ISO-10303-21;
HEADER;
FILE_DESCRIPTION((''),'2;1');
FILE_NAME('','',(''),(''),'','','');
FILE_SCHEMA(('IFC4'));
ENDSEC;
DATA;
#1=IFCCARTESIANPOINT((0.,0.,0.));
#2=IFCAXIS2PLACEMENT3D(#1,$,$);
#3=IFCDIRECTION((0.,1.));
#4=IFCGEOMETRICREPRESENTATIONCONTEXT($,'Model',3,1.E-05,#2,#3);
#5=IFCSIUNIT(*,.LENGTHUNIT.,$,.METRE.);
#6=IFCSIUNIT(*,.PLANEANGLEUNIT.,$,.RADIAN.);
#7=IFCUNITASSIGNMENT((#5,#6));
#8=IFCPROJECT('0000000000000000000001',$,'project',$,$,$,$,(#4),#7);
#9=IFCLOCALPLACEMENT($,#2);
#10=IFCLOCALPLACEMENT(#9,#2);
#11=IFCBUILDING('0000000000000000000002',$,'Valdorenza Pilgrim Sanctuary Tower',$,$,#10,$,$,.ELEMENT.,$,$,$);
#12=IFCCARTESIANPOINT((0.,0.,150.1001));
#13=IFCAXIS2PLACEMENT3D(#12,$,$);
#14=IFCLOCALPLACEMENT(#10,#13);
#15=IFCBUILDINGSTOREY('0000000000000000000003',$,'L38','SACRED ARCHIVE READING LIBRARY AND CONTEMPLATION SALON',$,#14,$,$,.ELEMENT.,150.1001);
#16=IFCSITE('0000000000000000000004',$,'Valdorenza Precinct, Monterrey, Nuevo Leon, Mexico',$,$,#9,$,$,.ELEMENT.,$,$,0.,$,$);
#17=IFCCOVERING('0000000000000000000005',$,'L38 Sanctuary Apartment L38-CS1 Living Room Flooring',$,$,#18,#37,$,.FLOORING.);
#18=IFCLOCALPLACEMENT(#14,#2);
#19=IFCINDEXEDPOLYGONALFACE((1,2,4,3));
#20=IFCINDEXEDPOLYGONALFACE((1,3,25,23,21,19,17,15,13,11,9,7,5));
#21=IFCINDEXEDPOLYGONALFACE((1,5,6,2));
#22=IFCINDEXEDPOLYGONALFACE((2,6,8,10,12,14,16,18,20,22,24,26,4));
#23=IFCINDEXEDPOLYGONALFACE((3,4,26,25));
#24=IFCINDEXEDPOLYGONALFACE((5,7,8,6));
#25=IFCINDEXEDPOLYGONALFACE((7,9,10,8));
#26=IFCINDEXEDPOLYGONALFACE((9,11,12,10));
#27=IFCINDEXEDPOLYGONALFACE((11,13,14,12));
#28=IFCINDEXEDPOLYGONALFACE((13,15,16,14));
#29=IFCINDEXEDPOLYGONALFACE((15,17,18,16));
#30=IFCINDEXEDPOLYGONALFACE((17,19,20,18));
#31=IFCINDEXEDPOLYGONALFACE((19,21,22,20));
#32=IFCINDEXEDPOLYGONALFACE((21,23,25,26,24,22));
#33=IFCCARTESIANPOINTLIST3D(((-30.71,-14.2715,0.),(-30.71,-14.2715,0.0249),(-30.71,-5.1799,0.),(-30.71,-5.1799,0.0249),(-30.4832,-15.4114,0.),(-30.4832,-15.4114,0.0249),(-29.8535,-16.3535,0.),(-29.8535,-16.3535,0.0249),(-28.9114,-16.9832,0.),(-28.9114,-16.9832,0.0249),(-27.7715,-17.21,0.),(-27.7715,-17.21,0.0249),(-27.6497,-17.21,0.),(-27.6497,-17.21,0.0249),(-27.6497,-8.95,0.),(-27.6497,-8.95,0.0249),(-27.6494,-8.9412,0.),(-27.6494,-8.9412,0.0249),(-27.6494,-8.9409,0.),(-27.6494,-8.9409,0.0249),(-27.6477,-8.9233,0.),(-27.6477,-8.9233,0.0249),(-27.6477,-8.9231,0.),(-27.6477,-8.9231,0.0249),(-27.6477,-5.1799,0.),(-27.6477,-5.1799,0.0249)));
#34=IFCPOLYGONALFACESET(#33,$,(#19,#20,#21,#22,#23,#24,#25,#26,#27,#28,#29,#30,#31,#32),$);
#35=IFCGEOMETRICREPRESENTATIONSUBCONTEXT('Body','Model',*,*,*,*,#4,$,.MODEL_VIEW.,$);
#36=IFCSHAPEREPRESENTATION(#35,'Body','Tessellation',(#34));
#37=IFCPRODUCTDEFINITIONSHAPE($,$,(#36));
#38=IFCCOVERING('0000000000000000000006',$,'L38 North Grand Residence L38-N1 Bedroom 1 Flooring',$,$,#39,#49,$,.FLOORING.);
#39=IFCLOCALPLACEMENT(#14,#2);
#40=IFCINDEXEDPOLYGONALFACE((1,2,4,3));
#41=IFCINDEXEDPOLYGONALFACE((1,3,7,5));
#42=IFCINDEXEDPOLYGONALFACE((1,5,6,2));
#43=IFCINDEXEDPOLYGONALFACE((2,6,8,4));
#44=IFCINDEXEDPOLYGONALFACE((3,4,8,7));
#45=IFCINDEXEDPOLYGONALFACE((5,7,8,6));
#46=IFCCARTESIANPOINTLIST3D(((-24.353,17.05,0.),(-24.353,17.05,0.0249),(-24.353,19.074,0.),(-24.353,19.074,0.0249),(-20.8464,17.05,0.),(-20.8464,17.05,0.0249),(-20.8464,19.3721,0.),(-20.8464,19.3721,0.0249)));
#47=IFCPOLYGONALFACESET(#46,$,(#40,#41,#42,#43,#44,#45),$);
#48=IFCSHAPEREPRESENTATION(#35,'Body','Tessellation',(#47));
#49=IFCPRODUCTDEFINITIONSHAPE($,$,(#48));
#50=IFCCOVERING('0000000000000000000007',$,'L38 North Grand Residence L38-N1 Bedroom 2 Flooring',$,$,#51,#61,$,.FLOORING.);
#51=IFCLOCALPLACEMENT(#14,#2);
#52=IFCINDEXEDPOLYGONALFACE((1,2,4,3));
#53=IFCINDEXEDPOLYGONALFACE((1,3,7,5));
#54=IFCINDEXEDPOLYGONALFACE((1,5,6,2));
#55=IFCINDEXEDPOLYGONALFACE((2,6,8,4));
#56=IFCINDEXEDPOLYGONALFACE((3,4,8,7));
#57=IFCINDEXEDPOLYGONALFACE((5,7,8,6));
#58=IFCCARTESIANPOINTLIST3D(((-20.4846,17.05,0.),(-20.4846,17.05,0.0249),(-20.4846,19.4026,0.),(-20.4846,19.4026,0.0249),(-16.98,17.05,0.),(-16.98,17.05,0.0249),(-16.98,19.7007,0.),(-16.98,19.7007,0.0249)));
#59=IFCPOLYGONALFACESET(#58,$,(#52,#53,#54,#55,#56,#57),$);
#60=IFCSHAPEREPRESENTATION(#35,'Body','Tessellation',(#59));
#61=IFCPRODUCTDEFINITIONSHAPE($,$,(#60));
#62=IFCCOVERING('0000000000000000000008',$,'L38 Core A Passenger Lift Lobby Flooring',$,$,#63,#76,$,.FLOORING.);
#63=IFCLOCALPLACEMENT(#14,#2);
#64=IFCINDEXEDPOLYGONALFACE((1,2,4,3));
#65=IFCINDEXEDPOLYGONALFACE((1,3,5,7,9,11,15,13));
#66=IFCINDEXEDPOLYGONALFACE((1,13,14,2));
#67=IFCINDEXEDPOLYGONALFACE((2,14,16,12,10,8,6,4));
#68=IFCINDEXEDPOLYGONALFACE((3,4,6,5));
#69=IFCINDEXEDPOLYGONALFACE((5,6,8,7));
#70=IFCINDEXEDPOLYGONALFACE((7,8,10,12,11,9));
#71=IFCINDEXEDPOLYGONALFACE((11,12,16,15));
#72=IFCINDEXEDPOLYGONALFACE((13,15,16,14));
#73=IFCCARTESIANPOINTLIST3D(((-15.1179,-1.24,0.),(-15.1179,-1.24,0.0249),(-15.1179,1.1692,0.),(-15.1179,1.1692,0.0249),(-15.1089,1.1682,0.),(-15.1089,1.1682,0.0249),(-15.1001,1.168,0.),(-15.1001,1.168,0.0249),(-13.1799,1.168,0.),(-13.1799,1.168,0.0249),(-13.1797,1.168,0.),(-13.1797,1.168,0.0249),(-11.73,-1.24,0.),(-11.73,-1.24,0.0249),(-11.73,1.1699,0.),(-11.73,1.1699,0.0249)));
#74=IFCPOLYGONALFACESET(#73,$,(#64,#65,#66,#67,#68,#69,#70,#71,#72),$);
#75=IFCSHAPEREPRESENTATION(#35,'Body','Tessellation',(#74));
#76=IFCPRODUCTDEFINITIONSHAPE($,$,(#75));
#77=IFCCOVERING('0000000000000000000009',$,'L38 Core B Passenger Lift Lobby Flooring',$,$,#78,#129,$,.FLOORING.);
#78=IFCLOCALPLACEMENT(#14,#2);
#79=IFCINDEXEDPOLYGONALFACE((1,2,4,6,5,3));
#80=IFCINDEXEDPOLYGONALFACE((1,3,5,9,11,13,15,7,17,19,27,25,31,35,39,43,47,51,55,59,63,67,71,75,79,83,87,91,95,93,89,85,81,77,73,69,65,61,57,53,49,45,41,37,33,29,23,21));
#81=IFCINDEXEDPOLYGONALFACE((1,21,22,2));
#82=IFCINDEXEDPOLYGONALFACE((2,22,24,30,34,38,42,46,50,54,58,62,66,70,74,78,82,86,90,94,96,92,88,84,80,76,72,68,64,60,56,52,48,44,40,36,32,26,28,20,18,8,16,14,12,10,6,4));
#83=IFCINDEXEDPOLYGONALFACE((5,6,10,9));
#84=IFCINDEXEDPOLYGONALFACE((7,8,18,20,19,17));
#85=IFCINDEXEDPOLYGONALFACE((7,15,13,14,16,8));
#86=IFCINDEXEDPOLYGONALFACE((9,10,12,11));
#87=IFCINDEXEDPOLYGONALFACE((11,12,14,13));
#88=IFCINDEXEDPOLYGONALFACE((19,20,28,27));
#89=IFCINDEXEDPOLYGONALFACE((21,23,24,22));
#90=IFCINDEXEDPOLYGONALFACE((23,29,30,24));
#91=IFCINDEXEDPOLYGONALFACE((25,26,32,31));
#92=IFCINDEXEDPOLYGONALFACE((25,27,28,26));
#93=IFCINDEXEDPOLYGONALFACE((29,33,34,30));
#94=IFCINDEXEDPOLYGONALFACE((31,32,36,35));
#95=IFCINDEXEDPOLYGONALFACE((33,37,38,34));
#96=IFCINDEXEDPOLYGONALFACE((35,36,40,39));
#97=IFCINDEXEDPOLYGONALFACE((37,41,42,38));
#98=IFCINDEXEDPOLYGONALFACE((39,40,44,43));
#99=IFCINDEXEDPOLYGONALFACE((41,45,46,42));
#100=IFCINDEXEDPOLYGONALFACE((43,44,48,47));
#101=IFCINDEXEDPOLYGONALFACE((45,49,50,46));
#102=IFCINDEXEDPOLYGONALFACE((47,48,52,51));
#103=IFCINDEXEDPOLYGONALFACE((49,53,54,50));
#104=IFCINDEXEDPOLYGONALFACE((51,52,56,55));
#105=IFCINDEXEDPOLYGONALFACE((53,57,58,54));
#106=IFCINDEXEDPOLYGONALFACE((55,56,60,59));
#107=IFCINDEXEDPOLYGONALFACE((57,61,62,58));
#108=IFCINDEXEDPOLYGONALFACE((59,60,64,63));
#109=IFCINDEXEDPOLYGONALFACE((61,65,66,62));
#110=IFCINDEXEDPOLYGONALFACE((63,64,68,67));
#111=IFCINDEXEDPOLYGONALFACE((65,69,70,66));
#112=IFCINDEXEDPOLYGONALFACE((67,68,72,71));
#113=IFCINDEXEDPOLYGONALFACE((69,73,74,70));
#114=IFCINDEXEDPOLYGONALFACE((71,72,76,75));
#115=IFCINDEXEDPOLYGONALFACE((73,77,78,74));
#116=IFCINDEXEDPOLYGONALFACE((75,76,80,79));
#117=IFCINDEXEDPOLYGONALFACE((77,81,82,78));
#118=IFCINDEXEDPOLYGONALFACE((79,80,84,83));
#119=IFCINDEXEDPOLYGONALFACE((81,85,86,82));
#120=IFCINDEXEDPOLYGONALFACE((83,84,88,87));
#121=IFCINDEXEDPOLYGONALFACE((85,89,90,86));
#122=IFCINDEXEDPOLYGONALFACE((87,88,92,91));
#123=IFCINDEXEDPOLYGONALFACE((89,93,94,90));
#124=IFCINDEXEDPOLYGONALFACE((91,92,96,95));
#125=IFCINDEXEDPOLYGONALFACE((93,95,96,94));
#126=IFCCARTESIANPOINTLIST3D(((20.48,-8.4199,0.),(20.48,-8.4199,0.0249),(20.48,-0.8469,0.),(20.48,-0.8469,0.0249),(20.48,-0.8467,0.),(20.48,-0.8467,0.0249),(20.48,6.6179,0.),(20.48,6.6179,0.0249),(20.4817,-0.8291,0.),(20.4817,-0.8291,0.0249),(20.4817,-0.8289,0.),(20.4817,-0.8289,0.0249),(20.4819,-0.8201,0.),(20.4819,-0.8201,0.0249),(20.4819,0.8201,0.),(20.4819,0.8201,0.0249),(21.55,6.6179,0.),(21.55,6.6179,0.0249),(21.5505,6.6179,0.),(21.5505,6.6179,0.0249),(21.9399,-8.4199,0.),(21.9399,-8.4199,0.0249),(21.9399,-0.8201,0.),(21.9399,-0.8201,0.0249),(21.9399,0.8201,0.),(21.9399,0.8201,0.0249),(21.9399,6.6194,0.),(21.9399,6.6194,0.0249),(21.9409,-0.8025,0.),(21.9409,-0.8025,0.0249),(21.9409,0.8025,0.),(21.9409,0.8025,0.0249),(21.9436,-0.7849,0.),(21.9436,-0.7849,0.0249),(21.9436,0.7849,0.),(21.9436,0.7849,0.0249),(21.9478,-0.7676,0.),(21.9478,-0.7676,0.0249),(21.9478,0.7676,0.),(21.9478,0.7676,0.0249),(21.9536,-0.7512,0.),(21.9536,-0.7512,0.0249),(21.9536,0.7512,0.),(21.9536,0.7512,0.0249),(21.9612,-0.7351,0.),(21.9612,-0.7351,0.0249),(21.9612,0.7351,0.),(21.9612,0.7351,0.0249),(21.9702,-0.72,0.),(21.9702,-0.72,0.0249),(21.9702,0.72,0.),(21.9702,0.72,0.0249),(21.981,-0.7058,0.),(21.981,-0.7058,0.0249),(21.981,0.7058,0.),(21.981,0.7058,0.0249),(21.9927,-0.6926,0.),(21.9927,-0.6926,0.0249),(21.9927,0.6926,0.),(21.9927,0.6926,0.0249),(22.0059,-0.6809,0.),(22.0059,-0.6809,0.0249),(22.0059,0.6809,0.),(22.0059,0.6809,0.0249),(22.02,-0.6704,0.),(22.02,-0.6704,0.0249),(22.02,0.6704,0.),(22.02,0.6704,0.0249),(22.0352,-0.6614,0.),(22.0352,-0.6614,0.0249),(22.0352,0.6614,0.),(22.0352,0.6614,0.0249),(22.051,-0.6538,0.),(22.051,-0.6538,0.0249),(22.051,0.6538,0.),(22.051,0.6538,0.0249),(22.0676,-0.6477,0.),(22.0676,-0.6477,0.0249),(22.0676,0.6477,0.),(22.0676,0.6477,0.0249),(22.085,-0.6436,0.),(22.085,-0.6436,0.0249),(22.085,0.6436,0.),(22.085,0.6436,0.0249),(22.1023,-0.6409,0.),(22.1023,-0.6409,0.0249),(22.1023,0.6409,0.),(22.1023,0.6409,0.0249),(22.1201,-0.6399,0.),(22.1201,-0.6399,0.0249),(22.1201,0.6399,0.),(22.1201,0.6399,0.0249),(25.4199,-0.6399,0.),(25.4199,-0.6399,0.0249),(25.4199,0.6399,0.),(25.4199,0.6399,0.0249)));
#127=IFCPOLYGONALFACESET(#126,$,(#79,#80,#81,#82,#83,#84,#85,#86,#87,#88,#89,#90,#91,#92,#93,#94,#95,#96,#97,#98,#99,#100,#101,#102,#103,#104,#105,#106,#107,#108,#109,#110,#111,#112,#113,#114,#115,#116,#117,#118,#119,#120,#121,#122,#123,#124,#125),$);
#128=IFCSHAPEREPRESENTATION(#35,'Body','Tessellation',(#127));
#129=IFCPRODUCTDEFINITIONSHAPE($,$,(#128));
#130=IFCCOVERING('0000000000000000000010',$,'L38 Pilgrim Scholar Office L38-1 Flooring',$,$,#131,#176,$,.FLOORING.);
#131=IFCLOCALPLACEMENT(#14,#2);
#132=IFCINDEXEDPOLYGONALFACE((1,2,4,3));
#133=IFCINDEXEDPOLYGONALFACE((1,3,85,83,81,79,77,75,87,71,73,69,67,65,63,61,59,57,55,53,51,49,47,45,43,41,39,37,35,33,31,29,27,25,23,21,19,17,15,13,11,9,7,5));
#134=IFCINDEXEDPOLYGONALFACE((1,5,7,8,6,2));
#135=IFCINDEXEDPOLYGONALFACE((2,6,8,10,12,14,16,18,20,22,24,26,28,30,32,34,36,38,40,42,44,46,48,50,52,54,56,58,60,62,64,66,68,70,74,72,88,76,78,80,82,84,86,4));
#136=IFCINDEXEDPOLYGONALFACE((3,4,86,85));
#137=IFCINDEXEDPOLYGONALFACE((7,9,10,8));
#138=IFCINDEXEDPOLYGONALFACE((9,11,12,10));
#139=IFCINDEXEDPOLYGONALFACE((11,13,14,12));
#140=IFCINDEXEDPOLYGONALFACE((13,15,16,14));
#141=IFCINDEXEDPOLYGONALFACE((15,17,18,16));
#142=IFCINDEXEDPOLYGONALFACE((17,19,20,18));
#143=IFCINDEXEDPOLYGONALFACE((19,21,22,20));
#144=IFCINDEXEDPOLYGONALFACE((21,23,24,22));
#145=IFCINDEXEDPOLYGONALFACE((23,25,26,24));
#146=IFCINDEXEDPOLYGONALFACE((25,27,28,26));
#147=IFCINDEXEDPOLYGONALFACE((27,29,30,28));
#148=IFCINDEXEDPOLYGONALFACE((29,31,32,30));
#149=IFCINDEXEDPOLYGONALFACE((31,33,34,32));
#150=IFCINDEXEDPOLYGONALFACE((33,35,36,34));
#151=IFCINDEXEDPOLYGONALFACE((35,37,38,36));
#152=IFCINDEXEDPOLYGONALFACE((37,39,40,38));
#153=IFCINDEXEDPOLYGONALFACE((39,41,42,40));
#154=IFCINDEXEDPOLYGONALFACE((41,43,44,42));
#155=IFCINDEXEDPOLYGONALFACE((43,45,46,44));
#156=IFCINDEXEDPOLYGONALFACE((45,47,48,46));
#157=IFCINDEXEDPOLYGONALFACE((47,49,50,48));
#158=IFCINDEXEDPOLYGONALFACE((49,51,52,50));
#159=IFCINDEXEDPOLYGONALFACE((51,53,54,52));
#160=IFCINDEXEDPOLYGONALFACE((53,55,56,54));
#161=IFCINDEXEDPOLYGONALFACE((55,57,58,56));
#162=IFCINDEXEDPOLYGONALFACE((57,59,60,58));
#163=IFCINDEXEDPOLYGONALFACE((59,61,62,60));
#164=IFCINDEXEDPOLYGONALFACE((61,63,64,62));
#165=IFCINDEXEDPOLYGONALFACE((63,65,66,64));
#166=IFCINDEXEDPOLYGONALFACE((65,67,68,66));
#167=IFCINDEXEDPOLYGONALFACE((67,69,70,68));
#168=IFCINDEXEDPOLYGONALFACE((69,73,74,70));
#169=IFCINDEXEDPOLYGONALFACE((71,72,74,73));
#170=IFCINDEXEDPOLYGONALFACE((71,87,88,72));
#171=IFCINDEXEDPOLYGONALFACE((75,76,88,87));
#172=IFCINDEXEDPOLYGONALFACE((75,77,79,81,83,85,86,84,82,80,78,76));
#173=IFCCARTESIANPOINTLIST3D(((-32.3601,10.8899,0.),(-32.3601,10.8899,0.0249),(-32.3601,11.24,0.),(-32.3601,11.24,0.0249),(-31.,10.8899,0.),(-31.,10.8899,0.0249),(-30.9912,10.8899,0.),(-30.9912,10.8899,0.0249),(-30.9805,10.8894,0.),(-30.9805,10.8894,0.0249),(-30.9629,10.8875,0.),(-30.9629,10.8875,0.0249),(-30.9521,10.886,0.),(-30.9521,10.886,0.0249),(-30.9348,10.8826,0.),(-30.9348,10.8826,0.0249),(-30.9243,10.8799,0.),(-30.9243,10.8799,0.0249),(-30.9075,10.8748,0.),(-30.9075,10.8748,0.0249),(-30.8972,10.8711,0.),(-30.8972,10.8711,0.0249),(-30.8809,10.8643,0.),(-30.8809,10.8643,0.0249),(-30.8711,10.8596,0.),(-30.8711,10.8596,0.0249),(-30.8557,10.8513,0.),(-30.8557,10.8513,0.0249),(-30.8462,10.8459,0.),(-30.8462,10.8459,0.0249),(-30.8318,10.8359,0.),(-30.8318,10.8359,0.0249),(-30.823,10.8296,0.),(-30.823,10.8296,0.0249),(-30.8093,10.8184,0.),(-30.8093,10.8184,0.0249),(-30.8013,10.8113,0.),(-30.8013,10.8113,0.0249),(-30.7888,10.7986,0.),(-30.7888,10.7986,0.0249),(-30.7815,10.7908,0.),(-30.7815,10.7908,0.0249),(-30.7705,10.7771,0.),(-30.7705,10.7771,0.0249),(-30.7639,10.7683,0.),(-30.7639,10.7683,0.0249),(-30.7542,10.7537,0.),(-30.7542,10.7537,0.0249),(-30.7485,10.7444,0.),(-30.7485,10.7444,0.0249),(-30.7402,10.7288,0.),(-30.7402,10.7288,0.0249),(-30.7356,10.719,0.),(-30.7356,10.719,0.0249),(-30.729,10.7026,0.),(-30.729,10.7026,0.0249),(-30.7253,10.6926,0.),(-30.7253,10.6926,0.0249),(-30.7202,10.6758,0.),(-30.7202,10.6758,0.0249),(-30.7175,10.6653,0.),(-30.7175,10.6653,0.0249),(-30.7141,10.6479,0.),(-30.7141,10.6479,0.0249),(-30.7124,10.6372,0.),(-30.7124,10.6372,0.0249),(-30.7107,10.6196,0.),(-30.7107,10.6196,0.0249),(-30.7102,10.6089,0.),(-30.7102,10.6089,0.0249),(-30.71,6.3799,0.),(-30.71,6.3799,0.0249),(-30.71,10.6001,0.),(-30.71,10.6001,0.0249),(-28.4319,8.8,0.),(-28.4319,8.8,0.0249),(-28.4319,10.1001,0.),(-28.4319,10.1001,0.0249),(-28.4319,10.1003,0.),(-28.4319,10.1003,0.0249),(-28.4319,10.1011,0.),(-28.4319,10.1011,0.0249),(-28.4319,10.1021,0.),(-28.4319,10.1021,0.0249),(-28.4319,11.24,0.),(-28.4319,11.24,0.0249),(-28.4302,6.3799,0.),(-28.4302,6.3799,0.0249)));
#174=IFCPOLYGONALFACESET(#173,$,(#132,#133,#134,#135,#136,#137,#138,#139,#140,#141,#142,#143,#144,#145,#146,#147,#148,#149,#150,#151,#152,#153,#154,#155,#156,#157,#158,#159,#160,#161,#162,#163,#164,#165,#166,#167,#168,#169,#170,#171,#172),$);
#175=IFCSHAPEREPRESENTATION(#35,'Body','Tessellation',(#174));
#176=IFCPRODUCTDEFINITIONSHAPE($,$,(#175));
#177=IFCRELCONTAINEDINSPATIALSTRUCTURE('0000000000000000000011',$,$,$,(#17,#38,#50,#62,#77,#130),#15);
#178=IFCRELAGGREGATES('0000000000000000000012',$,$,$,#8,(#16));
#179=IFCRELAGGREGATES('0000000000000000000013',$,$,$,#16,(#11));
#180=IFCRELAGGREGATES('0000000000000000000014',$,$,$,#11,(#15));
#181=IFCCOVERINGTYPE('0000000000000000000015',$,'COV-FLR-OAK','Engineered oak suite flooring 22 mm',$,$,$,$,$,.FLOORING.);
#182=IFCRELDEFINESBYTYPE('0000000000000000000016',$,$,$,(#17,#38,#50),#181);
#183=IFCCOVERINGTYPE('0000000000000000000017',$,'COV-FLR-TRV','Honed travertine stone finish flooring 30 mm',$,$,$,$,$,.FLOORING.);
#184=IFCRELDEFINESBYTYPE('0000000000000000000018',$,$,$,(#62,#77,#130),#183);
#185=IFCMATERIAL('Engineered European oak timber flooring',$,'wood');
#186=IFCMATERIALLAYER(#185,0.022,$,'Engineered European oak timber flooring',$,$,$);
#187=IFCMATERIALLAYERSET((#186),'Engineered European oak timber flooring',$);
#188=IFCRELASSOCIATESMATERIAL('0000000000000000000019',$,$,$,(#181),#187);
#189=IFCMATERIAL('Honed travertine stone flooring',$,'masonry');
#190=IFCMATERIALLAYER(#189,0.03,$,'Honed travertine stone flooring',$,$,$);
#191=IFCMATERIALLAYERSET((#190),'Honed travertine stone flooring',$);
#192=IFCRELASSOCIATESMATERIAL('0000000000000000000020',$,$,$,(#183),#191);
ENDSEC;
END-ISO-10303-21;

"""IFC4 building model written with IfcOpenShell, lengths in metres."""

from ifc_helpers import new_model, si_unit, direction, frame, origin, place, context, subcontext, project, spatial, polyline, outline, extrude, material, layer, layer_set, type_object, element, save


model = new_model("IFC4")

# Units and contexts
model_context = context("Model", 3, precision=1e-05, world=origin(), true_north=direction((0.0, 1.0)))
body_context = subcontext(model_context, "Body", "Model", "MODEL_VIEW")
ifc_project = project(units=[si_unit("LENGTHUNIT", "METRE"), si_unit("PLANEANGLEUNIT", "RADIAN")], contexts=[model_context])

# Site, building, storey
site_placement = place(None, origin())
site = spatial("IfcSite", under=ifc_project, at=site_placement, Name="Valdorenza Precinct, Monterrey, Nuevo Leon, Mexico", CompositionType="ELEMENT", RefElevation=0.0)
building_placement = place(site_placement, origin())
building = spatial("IfcBuilding", under=site, at=building_placement, Name="Valdorenza Pilgrim Sanctuary Tower", CompositionType="ELEMENT")
storey_placement = place(building_placement, frame((0.0, 0.0, 150.1001)))
storey = spatial("IfcBuildingStorey", under=building, at=storey_placement, Name="L38", Description="SACRED ARCHIVE READING LIBRARY AND CONTEMPLATION SALON", CompositionType="ELEMENT", Elevation=150.1001)

# Coverings
ifc_material_1 = material(Name="Engineered European oak timber flooring", Category="wood")
ifc_layer_1 = layer(ifc_material_1, 0.022, Name="Engineered European oak timber flooring")
ifc_layer_set_1 = layer_set([ifc_layer_1], Name="Engineered European oak timber flooring")
covering_type_1 = type_object("IfcCoveringType", Name="COV-FLR-OAK", Description="Engineered oak suite flooring 22 mm", PredefinedType="FLOORING", material=ifc_layer_set_1)
covering_1_placement = place(storey_placement, origin())
element("IfcCovering", 1, at=covering_1_placement, inside=storey, type_object=covering_type_1, Name="L38 Sanctuary Apartment L38-CS1 Living Room Flooring", PredefinedType="FLOORING", context=body_context, shape_type="SweptSolid", body=[
    extrude(outline(polyline([(-28.9114, -16.9832), (-29.8535, -16.3535), (-30.4832, -15.4114), (-30.71, -14.2715), (-30.71, -5.1799), (-27.6477, -5.1799), (-27.6477, -8.9231), (-27.6477, -8.9231), (-27.6477, -8.9233), (-27.6494, -8.9409), (-27.6494, -8.9412), (-27.6497, -8.95), (-27.6497, -17.21), (-27.7715, -17.21), (-28.9114, -16.9832)])), origin(), (0.0, 0.0, 1.0), 0.0249),
])
covering_2_placement = place(storey_placement, origin())
element("IfcCovering", 2, at=covering_2_placement, inside=storey, type_object=covering_type_1, Name="L38 North Grand Residence L38-N1 Bedroom 1 Flooring", PredefinedType="FLOORING", context=body_context, shape_type="SweptSolid", body=[
    extrude(outline(polyline([(-24.353, 17.05), (-24.353, 19.074), (-20.8464, 19.3721), (-20.8464, 17.05), (-24.353, 17.05)])), origin(), (0.0, 0.0, 1.0), 0.0249),
])
covering_3_placement = place(storey_placement, origin())
element("IfcCovering", 3, at=covering_3_placement, inside=storey, type_object=covering_type_1, Name="L38 North Grand Residence L38-N1 Bedroom 2 Flooring", PredefinedType="FLOORING", context=body_context, shape_type="SweptSolid", body=[
    extrude(outline(polyline([(-20.4846, 17.05), (-20.4846, 19.4026), (-16.98, 19.7007), (-16.98, 17.05), (-20.4846, 17.05)])), origin(), (0.0, 0.0, 1.0), 0.0249),
])
ifc_material_2 = material(Name="Honed travertine stone flooring", Category="masonry")
ifc_layer_2 = layer(ifc_material_2, 0.03, Name="Honed travertine stone flooring")
ifc_layer_set_2 = layer_set([ifc_layer_2], Name="Honed travertine stone flooring")
covering_type_2 = type_object("IfcCoveringType", Name="COV-FLR-TRV", Description="Honed travertine stone finish flooring 30 mm", PredefinedType="FLOORING", material=ifc_layer_set_2)
covering_4_placement = place(storey_placement, origin())
element("IfcCovering", 4, at=covering_4_placement, inside=storey, type_object=covering_type_2, Name="L38 Core A Passenger Lift Lobby Flooring", PredefinedType="FLOORING", context=body_context, shape_type="SweptSolid", body=[
    extrude(outline(polyline([(-15.1179, 1.1692), (-15.1089, 1.1682), (-15.1089, 1.1682), (-15.1001, 1.168), (-13.1799, 1.168), (-13.1797, 1.168), (-11.73, 1.1699), (-11.73, -1.24), (-15.1179, -1.24), (-15.1179, 1.1692)])), origin(), (0.0, 0.0, 1.0), 0.0249),
])
covering_5_placement = place(storey_placement, origin())
element("IfcCovering", 5, at=covering_5_placement, inside=storey, type_object=covering_type_2, Name="L38 Core B Passenger Lift Lobby Flooring", PredefinedType="FLOORING", context=body_context, shape_type="SweptSolid", body=[
    extrude(outline(polyline([(20.48, 6.6179), (21.55, 6.6179), (21.5505, 6.6179), (21.9399, 6.6194), (21.9399, 0.8201), (21.9409, 0.8025), (21.9436, 0.7849), (21.9478, 0.7676), (21.9536, 0.7512), (21.9612, 0.7351), (21.9702, 0.72), (21.981, 0.7058), (21.9927, 0.6926), (22.0059, 0.6809), (22.02, 0.6704), (22.0352, 0.6614), (22.051, 0.6538), (22.0676, 0.6477), (22.085, 0.6436), (22.1023, 0.6409), (22.1201, 0.6399), (25.4199, 0.6399), (25.4199, -0.6399), (22.1201, -0.6399), (22.1023, -0.6409), (22.085, -0.6436), (22.0676, -0.6477), (22.051, -0.6538), (22.0352, -0.6614), (22.02, -0.6704), (22.0059, -0.6809), (21.9927, -0.6926), (21.981, -0.7058), (21.9702, -0.72), (21.9612, -0.7351), (21.9536, -0.7512), (21.9478, -0.7676), (21.9436, -0.7849), (21.9409, -0.8025), (21.9399, -0.8201), (21.9399, -8.4199), (20.48, -8.4199), (20.48, -0.8469), (20.48, -0.8467), (20.48, -0.8467), (20.4817, -0.8291), (20.4817, -0.8289), (20.4819, -0.8201), (20.4819, 0.8201), (20.48, 6.6179)])), origin(), (0.0, 0.0, 1.0), 0.0249),
])
covering_6_placement = place(storey_placement, origin())
element("IfcCovering", 6, at=covering_6_placement, inside=storey, type_object=covering_type_2, Name="L38 Pilgrim Scholar Office L38-1 Flooring", PredefinedType="FLOORING", context=body_context, shape_type="SweptSolid", body=[
    extrude(outline(polyline([(-28.4319, 11.24), (-28.4319, 10.1021), (-28.4319, 10.1011), (-28.4319, 10.1003), (-28.4319, 10.1001), (-28.4319, 8.8), (-28.4302, 6.3799), (-30.71, 6.3799), (-30.71, 10.6001), (-30.7102, 10.6089), (-30.7107, 10.6196), (-30.7124, 10.6372), (-30.7141, 10.6479), (-30.7175, 10.6653), (-30.7202, 10.6758), (-30.7253, 10.6926), (-30.729, 10.7026), (-30.7356, 10.719), (-30.7402, 10.7288), (-30.7485, 10.7444), (-30.7542, 10.7537), (-30.7639, 10.7683), (-30.7705, 10.7771), (-30.7815, 10.7908), (-30.7888, 10.7986), (-30.8013, 10.8113), (-30.8093, 10.8184), (-30.823, 10.8296), (-30.8318, 10.8359), (-30.8462, 10.8459), (-30.8557, 10.8513), (-30.8711, 10.8596), (-30.8809, 10.8643), (-30.8972, 10.8711), (-30.9075, 10.8748), (-30.9243, 10.8799), (-30.9348, 10.8826), (-30.9521, 10.886), (-30.9629, 10.8875), (-30.9805, 10.8894), (-30.9912, 10.8899), (-31.0, 10.8899), (-32.3601, 10.8899), (-32.3601, 11.24), (-28.4319, 11.24)])), origin(), (0.0, 0.0, 1.0), 0.0249),
])

save(model, "model.ifc")
